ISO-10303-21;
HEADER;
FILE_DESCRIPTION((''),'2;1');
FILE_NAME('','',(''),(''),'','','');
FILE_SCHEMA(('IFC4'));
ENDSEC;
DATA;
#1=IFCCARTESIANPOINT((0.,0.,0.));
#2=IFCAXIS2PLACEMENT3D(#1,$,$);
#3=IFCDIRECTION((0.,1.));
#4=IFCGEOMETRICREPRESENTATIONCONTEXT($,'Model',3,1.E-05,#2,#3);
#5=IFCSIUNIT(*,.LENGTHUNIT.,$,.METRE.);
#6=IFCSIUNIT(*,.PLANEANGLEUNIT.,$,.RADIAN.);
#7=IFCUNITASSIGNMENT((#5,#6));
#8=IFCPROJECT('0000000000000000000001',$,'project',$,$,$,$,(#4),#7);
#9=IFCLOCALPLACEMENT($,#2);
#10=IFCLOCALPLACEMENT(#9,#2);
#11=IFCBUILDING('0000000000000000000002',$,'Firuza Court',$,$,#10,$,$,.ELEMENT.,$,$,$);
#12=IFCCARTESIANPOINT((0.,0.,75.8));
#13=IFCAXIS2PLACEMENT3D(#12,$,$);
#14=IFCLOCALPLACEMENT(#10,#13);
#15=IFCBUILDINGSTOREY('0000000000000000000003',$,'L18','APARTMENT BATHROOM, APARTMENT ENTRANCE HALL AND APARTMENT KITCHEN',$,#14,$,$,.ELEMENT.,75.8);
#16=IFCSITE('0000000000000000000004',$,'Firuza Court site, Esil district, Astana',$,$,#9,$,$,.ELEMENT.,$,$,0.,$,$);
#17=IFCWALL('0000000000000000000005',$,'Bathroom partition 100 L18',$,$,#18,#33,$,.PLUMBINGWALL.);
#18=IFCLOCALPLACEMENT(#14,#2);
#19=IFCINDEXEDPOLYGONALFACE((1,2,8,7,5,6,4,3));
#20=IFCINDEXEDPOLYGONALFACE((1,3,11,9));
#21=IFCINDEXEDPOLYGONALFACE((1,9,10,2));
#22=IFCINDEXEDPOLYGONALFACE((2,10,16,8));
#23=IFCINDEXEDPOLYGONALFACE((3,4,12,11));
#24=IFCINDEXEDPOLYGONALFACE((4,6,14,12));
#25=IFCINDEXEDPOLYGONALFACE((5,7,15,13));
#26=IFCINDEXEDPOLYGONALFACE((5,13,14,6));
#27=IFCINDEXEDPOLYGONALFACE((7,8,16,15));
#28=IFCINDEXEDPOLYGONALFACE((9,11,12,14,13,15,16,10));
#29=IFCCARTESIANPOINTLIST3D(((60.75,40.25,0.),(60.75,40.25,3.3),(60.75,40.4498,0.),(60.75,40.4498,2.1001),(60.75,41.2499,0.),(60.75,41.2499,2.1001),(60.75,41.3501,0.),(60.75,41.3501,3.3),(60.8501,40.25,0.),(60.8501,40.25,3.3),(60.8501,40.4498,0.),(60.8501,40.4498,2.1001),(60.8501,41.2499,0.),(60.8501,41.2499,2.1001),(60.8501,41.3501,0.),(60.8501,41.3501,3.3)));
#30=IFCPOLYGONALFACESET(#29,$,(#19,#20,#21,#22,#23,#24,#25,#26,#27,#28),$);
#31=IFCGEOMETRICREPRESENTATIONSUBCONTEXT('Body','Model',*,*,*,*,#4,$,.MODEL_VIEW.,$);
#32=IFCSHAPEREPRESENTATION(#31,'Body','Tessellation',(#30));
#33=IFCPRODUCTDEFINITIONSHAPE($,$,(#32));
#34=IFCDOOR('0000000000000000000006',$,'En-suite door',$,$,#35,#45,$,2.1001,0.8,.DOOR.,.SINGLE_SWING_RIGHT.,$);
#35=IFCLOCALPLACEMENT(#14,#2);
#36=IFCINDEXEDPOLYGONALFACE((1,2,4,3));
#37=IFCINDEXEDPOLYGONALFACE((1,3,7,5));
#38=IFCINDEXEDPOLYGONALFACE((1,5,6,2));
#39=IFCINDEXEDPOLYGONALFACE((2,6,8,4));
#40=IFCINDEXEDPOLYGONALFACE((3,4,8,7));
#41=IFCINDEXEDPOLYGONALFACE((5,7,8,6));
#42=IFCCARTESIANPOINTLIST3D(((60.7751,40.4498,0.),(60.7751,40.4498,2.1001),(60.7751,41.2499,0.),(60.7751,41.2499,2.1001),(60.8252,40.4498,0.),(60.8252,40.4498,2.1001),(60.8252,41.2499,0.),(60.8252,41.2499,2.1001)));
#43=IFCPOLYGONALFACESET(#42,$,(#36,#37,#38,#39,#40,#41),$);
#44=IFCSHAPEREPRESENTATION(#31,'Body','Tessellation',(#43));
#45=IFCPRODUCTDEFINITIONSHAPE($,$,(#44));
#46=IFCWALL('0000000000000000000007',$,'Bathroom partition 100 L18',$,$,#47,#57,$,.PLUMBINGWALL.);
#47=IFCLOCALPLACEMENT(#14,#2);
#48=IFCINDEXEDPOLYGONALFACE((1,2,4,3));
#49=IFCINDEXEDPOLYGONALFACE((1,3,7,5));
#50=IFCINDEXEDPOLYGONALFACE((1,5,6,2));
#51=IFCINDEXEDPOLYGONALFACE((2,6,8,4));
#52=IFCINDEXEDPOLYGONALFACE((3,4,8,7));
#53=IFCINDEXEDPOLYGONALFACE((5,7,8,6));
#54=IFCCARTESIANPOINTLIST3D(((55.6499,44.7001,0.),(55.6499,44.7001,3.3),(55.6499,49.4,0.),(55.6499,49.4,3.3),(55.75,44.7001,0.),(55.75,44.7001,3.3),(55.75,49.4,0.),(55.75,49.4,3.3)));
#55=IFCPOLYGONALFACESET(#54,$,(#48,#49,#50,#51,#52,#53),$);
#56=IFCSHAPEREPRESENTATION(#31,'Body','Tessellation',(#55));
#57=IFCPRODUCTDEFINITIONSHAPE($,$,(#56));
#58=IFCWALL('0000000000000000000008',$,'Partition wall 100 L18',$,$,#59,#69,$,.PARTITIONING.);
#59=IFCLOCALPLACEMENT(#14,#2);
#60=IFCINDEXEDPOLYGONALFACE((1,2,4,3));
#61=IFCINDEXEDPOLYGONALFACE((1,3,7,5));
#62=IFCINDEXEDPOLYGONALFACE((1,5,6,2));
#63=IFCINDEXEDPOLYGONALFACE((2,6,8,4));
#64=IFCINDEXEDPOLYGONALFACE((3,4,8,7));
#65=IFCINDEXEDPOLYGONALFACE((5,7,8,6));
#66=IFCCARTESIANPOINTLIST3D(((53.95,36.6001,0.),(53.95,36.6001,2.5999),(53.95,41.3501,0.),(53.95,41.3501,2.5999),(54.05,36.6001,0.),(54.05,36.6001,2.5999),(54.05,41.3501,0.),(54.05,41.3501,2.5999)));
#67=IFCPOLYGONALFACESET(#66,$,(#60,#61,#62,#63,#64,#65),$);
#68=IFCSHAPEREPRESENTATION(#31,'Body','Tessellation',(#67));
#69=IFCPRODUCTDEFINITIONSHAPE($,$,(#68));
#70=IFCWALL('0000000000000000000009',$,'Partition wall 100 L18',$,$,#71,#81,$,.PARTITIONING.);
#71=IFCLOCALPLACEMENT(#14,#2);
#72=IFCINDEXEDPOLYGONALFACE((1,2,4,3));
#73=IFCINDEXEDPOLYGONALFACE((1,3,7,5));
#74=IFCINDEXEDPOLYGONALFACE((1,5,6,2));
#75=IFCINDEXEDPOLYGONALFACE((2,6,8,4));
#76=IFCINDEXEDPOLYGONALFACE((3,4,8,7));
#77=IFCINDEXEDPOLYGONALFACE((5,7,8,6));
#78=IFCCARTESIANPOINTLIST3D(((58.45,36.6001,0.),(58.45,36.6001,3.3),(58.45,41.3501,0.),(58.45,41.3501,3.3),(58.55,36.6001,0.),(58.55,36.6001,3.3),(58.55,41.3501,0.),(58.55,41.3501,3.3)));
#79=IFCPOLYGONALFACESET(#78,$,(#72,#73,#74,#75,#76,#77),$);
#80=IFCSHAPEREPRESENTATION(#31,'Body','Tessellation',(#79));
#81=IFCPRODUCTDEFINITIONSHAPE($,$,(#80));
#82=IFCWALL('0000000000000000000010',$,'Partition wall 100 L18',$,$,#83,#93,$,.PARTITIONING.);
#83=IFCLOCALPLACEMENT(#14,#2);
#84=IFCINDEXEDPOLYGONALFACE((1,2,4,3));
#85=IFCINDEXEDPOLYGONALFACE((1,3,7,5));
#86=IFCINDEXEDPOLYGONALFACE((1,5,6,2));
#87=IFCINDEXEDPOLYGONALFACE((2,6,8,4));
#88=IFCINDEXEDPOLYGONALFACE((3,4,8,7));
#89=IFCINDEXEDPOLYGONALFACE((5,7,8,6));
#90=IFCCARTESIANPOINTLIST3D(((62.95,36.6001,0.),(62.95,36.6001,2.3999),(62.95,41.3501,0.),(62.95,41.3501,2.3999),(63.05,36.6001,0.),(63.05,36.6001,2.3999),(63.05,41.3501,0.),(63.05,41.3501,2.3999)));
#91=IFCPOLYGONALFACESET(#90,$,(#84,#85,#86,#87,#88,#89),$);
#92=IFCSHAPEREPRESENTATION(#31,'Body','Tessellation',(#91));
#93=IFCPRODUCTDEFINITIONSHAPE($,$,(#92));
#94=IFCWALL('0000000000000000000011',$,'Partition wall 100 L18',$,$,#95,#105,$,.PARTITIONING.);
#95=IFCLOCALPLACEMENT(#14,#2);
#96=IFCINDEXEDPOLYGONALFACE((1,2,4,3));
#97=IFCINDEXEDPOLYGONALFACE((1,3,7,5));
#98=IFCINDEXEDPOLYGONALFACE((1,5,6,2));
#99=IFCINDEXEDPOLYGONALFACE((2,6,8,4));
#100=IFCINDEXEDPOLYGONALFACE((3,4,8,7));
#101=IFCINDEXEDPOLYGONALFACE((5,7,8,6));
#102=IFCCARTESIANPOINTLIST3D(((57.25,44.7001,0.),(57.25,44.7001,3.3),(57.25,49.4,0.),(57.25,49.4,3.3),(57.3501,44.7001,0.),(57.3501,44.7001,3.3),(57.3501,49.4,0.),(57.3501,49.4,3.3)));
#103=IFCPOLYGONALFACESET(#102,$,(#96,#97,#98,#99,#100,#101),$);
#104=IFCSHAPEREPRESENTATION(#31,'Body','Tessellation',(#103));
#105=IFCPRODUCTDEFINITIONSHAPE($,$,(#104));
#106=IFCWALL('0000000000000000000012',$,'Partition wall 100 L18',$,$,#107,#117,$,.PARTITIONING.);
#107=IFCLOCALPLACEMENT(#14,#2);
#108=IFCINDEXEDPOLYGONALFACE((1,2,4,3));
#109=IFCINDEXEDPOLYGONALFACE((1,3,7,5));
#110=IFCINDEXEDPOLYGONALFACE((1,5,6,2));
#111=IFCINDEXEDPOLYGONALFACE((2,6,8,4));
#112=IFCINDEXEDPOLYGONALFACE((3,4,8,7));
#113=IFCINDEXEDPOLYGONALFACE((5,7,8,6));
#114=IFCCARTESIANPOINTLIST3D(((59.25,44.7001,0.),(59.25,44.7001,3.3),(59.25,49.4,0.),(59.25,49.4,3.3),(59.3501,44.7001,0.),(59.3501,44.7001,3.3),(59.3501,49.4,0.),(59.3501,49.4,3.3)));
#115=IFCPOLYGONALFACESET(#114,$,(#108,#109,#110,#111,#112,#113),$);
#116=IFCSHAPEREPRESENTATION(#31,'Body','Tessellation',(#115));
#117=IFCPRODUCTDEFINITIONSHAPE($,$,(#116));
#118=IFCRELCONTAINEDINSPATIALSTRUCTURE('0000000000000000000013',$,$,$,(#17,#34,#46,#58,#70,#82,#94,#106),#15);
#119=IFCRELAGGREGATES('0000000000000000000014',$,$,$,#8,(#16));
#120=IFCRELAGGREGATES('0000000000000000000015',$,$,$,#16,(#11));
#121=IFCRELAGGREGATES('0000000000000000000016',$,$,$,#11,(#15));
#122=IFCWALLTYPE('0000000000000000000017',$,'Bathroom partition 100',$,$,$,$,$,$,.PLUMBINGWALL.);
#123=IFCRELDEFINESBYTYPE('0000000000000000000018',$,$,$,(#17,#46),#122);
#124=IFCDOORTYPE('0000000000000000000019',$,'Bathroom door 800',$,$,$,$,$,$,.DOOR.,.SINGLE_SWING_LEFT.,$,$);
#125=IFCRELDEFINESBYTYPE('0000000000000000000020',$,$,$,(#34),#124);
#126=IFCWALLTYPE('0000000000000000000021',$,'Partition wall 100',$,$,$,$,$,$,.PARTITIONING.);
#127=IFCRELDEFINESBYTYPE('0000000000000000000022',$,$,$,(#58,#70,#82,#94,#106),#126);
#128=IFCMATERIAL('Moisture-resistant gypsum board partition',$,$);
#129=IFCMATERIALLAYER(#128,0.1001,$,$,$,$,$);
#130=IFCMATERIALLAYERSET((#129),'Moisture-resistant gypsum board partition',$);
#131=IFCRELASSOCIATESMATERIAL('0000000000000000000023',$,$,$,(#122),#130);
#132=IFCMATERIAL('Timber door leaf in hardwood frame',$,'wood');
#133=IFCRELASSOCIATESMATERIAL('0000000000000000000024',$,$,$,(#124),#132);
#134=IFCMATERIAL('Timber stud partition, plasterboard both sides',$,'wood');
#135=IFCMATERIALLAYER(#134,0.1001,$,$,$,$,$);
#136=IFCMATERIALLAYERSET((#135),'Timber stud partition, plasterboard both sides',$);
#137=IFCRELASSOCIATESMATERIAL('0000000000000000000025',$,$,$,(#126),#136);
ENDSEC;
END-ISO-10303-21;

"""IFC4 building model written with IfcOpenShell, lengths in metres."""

from ifc_helpers import new_model, si_unit, direction, frame, frame_2d, origin, place, context, subcontext, project, spatial, rectangle, extrude, material, layer, layer_set, type_object, element, fill, save


model = new_model("IFC4")

# Units and contexts
model_context = context("Model", 3, precision=1e-05, world=origin(), true_north=direction((0.0, 1.0)))
body_context = subcontext(model_context, "Body", "Model", "MODEL_VIEW")
ifc_project = project(units=[si_unit("LENGTHUNIT", "METRE"), si_unit("PLANEANGLEUNIT", "RADIAN")], contexts=[model_context])

# Site, building, storey
site_placement = place(None, origin())
site = spatial("IfcSite", under=ifc_project, at=site_placement, Name="Firuza Court site, Esil district, Astana", CompositionType="ELEMENT", RefElevation=0.0)
building_placement = place(site_placement, origin())
building = spatial("IfcBuilding", under=site, at=building_placement, Name="Firuza Court", CompositionType="ELEMENT")
storey_placement = place(building_placement, frame((0.0, 0.0, 75.8)))
storey = spatial("IfcBuildingStorey", under=building, at=storey_placement, Name="L18", Description="APARTMENT BATHROOM, APARTMENT ENTRANCE HALL AND APARTMENT KITCHEN", CompositionType="ELEMENT", Elevation=75.8)

# Shared definitions
ifc_material_1 = material(Name="Moisture-resistant gypsum board partition")
ifc_layer_1 = layer(ifc_material_1, 0.1001)
ifc_layer_set_1 = layer_set([ifc_layer_1], Name="Moisture-resistant gypsum board partition")
wall_type_1 = type_object("IfcWallType", Name="Bathroom partition 100", PredefinedType="PLUMBINGWALL", material=ifc_layer_set_1)

# Wall, opening, door
wall_1_placement = place(storey_placement, frame((60.8, 40.25, 0.0), z_axis=(0.0, 0.0, 1.0), x_axis=(0.0, 1.0, 0.0)))
wall_1 = element("IfcWall", 1, at=wall_1_placement, inside=storey, type_object=wall_type_1, Name="Bathroom partition 100 L18", PredefinedType="PLUMBINGWALL", context=body_context, shape_type="SweptSolid", body=[
    extrude(rectangle(XDim=1.1001, YDim=0.1001, at=frame_2d((0.55, 0.0))), origin(), (0.0, 0.0, 1.0), 3.3),
])
opening_1_placement = place(wall_1_placement, frame((0.2, 0.0, 0.0)))
opening_1 = element("IfcOpeningElement", 2, at=opening_1_placement, cuts=wall_1, PredefinedType="OPENING", context=body_context, shape_type="SweptSolid", body=[
    extrude(rectangle(XDim=0.8, YDim=2.1001, at=frame_2d((0.3999, 1.05))), frame((0.0, 0.062, 0.0), z_axis=(0.0, -1.0, 0.0), x_axis=(1.0, 0.0, 0.0)), (0.0, 0.0, 1.0), 0.124),
])
ifc_material_2 = material(Name="Timber door leaf in hardwood frame", Category="wood")
door_type = type_object("IfcDoorType", Name="Bathroom door 800", OperationType="SINGLE_SWING_LEFT", PredefinedType="DOOR", material=ifc_material_2)
door_placement = place(opening_1_placement, origin())
door = element("IfcDoor", 3, at=door_placement, inside=storey, type_object=door_type, Name="En-suite door", OperationType="SINGLE_SWING_RIGHT", OverallHeight=2.1001, OverallWidth=0.8, PredefinedType="DOOR", context=body_context, shape_type="SweptSolid", body=[
    extrude(rectangle(XDim=0.8, YDim=2.1001, at=frame_2d((0.3999, 1.05))), frame((0.0, 0.0249, 0.0), z_axis=(0.0, -1.0, 0.0), x_axis=(1.0, 0.0, 0.0)), (0.0, 0.0, 1.0), 0.05),
])
fill(opening_1, door)

# Walls
wall_2_placement = place(storey_placement, frame((55.7, 44.7, 0.0), z_axis=(0.0, 0.0, 1.0), x_axis=(0.0, 1.0, 0.0)))
element("IfcWall", 4, at=wall_2_placement, inside=storey, type_object=wall_type_1, Name="Bathroom partition 100 L18", PredefinedType="PLUMBINGWALL", context=body_context, shape_type="SweptSolid", body=[
    extrude(rectangle(XDim=4.7, YDim=0.1001, at=frame_2d((2.3501, 0.0))), origin(), (0.0, 0.0, 1.0), 3.3),
])
ifc_material_3 = material(Name="Timber stud partition, plasterboard both sides", Category="wood")
ifc_layer_2 = layer(ifc_material_3, 0.1001)
ifc_layer_set_2 = layer_set([ifc_layer_2], Name="Timber stud partition, plasterboard both sides")
wall_type_2 = type_object("IfcWallType", Name="Partition wall 100", PredefinedType="PARTITIONING", material=ifc_layer_set_2)
wall_3_placement = place(storey_placement, frame((54.0, 36.6001, 0.0), z_axis=(0.0, 0.0, 1.0), x_axis=(0.0, 1.0, 0.0)))
element("IfcWall", 5, at=wall_3_placement, inside=storey, type_object=wall_type_2, Name="Partition wall 100 L18", PredefinedType="PARTITIONING", context=body_context, shape_type="SweptSolid", body=[
    extrude(rectangle(XDim=4.75, YDim=0.1001, at=frame_2d((2.375, 0.0))), origin(), (0.0, 0.0, 1.0), 2.5999),
])
wall_4_placement = place(storey_placement, frame((58.5, 36.6001, 0.0), z_axis=(0.0, 0.0, 1.0), x_axis=(0.0, 1.0, 0.0)))
element("IfcWall", 6, at=wall_4_placement, inside=storey, type_object=wall_type_2, Name="Partition wall 100 L18", PredefinedType="PARTITIONING", context=body_context, shape_type="SweptSolid", body=[
    extrude(rectangle(XDim=4.75, YDim=0.1001, at=frame_2d((2.375, 0.0))), origin(), (0.0, 0.0, 1.0), 3.3),
])
wall_5_placement = place(storey_placement, frame((63.0, 36.6001, 0.0), z_axis=(0.0, 0.0, 1.0), x_axis=(0.0, 1.0, 0.0)))
element("IfcWall", 7, at=wall_5_placement, inside=storey, type_object=wall_type_2, Name="Partition wall 100 L18", PredefinedType="PARTITIONING", context=body_context, shape_type="SweptSolid", body=[
    extrude(rectangle(XDim=4.75, YDim=0.1001, at=frame_2d((2.375, 0.0))), origin(), (0.0, 0.0, 1.0), 2.3999),
])
for number, where, z_axis, x_axis, name in (
    (8, (57.3, 44.7, 0.0), (0.0, 0.0, 1.0), (0.0, 1.0, 0.0), "Partition wall 100 L18"),
    (9, (59.3, 44.7, 0.0), (0.0, 0.0, 1.0), (0.0, 1.0, 0.0), "Partition wall 100 L18"),
):
    element("IfcWall", number, at=place(storey_placement, frame(where, z_axis=z_axis, x_axis=x_axis)), inside=storey, type_object=wall_type_2, Name=name, PredefinedType="PARTITIONING", context=body_context, shape_type="SweptSolid", body=[
        extrude(rectangle(XDim=4.7, YDim=0.1001, at=frame_2d((2.3501, 0.0))), origin(), (0.0, 0.0, 1.0), 3.3),
    ])

save(model, "model.ifc")
